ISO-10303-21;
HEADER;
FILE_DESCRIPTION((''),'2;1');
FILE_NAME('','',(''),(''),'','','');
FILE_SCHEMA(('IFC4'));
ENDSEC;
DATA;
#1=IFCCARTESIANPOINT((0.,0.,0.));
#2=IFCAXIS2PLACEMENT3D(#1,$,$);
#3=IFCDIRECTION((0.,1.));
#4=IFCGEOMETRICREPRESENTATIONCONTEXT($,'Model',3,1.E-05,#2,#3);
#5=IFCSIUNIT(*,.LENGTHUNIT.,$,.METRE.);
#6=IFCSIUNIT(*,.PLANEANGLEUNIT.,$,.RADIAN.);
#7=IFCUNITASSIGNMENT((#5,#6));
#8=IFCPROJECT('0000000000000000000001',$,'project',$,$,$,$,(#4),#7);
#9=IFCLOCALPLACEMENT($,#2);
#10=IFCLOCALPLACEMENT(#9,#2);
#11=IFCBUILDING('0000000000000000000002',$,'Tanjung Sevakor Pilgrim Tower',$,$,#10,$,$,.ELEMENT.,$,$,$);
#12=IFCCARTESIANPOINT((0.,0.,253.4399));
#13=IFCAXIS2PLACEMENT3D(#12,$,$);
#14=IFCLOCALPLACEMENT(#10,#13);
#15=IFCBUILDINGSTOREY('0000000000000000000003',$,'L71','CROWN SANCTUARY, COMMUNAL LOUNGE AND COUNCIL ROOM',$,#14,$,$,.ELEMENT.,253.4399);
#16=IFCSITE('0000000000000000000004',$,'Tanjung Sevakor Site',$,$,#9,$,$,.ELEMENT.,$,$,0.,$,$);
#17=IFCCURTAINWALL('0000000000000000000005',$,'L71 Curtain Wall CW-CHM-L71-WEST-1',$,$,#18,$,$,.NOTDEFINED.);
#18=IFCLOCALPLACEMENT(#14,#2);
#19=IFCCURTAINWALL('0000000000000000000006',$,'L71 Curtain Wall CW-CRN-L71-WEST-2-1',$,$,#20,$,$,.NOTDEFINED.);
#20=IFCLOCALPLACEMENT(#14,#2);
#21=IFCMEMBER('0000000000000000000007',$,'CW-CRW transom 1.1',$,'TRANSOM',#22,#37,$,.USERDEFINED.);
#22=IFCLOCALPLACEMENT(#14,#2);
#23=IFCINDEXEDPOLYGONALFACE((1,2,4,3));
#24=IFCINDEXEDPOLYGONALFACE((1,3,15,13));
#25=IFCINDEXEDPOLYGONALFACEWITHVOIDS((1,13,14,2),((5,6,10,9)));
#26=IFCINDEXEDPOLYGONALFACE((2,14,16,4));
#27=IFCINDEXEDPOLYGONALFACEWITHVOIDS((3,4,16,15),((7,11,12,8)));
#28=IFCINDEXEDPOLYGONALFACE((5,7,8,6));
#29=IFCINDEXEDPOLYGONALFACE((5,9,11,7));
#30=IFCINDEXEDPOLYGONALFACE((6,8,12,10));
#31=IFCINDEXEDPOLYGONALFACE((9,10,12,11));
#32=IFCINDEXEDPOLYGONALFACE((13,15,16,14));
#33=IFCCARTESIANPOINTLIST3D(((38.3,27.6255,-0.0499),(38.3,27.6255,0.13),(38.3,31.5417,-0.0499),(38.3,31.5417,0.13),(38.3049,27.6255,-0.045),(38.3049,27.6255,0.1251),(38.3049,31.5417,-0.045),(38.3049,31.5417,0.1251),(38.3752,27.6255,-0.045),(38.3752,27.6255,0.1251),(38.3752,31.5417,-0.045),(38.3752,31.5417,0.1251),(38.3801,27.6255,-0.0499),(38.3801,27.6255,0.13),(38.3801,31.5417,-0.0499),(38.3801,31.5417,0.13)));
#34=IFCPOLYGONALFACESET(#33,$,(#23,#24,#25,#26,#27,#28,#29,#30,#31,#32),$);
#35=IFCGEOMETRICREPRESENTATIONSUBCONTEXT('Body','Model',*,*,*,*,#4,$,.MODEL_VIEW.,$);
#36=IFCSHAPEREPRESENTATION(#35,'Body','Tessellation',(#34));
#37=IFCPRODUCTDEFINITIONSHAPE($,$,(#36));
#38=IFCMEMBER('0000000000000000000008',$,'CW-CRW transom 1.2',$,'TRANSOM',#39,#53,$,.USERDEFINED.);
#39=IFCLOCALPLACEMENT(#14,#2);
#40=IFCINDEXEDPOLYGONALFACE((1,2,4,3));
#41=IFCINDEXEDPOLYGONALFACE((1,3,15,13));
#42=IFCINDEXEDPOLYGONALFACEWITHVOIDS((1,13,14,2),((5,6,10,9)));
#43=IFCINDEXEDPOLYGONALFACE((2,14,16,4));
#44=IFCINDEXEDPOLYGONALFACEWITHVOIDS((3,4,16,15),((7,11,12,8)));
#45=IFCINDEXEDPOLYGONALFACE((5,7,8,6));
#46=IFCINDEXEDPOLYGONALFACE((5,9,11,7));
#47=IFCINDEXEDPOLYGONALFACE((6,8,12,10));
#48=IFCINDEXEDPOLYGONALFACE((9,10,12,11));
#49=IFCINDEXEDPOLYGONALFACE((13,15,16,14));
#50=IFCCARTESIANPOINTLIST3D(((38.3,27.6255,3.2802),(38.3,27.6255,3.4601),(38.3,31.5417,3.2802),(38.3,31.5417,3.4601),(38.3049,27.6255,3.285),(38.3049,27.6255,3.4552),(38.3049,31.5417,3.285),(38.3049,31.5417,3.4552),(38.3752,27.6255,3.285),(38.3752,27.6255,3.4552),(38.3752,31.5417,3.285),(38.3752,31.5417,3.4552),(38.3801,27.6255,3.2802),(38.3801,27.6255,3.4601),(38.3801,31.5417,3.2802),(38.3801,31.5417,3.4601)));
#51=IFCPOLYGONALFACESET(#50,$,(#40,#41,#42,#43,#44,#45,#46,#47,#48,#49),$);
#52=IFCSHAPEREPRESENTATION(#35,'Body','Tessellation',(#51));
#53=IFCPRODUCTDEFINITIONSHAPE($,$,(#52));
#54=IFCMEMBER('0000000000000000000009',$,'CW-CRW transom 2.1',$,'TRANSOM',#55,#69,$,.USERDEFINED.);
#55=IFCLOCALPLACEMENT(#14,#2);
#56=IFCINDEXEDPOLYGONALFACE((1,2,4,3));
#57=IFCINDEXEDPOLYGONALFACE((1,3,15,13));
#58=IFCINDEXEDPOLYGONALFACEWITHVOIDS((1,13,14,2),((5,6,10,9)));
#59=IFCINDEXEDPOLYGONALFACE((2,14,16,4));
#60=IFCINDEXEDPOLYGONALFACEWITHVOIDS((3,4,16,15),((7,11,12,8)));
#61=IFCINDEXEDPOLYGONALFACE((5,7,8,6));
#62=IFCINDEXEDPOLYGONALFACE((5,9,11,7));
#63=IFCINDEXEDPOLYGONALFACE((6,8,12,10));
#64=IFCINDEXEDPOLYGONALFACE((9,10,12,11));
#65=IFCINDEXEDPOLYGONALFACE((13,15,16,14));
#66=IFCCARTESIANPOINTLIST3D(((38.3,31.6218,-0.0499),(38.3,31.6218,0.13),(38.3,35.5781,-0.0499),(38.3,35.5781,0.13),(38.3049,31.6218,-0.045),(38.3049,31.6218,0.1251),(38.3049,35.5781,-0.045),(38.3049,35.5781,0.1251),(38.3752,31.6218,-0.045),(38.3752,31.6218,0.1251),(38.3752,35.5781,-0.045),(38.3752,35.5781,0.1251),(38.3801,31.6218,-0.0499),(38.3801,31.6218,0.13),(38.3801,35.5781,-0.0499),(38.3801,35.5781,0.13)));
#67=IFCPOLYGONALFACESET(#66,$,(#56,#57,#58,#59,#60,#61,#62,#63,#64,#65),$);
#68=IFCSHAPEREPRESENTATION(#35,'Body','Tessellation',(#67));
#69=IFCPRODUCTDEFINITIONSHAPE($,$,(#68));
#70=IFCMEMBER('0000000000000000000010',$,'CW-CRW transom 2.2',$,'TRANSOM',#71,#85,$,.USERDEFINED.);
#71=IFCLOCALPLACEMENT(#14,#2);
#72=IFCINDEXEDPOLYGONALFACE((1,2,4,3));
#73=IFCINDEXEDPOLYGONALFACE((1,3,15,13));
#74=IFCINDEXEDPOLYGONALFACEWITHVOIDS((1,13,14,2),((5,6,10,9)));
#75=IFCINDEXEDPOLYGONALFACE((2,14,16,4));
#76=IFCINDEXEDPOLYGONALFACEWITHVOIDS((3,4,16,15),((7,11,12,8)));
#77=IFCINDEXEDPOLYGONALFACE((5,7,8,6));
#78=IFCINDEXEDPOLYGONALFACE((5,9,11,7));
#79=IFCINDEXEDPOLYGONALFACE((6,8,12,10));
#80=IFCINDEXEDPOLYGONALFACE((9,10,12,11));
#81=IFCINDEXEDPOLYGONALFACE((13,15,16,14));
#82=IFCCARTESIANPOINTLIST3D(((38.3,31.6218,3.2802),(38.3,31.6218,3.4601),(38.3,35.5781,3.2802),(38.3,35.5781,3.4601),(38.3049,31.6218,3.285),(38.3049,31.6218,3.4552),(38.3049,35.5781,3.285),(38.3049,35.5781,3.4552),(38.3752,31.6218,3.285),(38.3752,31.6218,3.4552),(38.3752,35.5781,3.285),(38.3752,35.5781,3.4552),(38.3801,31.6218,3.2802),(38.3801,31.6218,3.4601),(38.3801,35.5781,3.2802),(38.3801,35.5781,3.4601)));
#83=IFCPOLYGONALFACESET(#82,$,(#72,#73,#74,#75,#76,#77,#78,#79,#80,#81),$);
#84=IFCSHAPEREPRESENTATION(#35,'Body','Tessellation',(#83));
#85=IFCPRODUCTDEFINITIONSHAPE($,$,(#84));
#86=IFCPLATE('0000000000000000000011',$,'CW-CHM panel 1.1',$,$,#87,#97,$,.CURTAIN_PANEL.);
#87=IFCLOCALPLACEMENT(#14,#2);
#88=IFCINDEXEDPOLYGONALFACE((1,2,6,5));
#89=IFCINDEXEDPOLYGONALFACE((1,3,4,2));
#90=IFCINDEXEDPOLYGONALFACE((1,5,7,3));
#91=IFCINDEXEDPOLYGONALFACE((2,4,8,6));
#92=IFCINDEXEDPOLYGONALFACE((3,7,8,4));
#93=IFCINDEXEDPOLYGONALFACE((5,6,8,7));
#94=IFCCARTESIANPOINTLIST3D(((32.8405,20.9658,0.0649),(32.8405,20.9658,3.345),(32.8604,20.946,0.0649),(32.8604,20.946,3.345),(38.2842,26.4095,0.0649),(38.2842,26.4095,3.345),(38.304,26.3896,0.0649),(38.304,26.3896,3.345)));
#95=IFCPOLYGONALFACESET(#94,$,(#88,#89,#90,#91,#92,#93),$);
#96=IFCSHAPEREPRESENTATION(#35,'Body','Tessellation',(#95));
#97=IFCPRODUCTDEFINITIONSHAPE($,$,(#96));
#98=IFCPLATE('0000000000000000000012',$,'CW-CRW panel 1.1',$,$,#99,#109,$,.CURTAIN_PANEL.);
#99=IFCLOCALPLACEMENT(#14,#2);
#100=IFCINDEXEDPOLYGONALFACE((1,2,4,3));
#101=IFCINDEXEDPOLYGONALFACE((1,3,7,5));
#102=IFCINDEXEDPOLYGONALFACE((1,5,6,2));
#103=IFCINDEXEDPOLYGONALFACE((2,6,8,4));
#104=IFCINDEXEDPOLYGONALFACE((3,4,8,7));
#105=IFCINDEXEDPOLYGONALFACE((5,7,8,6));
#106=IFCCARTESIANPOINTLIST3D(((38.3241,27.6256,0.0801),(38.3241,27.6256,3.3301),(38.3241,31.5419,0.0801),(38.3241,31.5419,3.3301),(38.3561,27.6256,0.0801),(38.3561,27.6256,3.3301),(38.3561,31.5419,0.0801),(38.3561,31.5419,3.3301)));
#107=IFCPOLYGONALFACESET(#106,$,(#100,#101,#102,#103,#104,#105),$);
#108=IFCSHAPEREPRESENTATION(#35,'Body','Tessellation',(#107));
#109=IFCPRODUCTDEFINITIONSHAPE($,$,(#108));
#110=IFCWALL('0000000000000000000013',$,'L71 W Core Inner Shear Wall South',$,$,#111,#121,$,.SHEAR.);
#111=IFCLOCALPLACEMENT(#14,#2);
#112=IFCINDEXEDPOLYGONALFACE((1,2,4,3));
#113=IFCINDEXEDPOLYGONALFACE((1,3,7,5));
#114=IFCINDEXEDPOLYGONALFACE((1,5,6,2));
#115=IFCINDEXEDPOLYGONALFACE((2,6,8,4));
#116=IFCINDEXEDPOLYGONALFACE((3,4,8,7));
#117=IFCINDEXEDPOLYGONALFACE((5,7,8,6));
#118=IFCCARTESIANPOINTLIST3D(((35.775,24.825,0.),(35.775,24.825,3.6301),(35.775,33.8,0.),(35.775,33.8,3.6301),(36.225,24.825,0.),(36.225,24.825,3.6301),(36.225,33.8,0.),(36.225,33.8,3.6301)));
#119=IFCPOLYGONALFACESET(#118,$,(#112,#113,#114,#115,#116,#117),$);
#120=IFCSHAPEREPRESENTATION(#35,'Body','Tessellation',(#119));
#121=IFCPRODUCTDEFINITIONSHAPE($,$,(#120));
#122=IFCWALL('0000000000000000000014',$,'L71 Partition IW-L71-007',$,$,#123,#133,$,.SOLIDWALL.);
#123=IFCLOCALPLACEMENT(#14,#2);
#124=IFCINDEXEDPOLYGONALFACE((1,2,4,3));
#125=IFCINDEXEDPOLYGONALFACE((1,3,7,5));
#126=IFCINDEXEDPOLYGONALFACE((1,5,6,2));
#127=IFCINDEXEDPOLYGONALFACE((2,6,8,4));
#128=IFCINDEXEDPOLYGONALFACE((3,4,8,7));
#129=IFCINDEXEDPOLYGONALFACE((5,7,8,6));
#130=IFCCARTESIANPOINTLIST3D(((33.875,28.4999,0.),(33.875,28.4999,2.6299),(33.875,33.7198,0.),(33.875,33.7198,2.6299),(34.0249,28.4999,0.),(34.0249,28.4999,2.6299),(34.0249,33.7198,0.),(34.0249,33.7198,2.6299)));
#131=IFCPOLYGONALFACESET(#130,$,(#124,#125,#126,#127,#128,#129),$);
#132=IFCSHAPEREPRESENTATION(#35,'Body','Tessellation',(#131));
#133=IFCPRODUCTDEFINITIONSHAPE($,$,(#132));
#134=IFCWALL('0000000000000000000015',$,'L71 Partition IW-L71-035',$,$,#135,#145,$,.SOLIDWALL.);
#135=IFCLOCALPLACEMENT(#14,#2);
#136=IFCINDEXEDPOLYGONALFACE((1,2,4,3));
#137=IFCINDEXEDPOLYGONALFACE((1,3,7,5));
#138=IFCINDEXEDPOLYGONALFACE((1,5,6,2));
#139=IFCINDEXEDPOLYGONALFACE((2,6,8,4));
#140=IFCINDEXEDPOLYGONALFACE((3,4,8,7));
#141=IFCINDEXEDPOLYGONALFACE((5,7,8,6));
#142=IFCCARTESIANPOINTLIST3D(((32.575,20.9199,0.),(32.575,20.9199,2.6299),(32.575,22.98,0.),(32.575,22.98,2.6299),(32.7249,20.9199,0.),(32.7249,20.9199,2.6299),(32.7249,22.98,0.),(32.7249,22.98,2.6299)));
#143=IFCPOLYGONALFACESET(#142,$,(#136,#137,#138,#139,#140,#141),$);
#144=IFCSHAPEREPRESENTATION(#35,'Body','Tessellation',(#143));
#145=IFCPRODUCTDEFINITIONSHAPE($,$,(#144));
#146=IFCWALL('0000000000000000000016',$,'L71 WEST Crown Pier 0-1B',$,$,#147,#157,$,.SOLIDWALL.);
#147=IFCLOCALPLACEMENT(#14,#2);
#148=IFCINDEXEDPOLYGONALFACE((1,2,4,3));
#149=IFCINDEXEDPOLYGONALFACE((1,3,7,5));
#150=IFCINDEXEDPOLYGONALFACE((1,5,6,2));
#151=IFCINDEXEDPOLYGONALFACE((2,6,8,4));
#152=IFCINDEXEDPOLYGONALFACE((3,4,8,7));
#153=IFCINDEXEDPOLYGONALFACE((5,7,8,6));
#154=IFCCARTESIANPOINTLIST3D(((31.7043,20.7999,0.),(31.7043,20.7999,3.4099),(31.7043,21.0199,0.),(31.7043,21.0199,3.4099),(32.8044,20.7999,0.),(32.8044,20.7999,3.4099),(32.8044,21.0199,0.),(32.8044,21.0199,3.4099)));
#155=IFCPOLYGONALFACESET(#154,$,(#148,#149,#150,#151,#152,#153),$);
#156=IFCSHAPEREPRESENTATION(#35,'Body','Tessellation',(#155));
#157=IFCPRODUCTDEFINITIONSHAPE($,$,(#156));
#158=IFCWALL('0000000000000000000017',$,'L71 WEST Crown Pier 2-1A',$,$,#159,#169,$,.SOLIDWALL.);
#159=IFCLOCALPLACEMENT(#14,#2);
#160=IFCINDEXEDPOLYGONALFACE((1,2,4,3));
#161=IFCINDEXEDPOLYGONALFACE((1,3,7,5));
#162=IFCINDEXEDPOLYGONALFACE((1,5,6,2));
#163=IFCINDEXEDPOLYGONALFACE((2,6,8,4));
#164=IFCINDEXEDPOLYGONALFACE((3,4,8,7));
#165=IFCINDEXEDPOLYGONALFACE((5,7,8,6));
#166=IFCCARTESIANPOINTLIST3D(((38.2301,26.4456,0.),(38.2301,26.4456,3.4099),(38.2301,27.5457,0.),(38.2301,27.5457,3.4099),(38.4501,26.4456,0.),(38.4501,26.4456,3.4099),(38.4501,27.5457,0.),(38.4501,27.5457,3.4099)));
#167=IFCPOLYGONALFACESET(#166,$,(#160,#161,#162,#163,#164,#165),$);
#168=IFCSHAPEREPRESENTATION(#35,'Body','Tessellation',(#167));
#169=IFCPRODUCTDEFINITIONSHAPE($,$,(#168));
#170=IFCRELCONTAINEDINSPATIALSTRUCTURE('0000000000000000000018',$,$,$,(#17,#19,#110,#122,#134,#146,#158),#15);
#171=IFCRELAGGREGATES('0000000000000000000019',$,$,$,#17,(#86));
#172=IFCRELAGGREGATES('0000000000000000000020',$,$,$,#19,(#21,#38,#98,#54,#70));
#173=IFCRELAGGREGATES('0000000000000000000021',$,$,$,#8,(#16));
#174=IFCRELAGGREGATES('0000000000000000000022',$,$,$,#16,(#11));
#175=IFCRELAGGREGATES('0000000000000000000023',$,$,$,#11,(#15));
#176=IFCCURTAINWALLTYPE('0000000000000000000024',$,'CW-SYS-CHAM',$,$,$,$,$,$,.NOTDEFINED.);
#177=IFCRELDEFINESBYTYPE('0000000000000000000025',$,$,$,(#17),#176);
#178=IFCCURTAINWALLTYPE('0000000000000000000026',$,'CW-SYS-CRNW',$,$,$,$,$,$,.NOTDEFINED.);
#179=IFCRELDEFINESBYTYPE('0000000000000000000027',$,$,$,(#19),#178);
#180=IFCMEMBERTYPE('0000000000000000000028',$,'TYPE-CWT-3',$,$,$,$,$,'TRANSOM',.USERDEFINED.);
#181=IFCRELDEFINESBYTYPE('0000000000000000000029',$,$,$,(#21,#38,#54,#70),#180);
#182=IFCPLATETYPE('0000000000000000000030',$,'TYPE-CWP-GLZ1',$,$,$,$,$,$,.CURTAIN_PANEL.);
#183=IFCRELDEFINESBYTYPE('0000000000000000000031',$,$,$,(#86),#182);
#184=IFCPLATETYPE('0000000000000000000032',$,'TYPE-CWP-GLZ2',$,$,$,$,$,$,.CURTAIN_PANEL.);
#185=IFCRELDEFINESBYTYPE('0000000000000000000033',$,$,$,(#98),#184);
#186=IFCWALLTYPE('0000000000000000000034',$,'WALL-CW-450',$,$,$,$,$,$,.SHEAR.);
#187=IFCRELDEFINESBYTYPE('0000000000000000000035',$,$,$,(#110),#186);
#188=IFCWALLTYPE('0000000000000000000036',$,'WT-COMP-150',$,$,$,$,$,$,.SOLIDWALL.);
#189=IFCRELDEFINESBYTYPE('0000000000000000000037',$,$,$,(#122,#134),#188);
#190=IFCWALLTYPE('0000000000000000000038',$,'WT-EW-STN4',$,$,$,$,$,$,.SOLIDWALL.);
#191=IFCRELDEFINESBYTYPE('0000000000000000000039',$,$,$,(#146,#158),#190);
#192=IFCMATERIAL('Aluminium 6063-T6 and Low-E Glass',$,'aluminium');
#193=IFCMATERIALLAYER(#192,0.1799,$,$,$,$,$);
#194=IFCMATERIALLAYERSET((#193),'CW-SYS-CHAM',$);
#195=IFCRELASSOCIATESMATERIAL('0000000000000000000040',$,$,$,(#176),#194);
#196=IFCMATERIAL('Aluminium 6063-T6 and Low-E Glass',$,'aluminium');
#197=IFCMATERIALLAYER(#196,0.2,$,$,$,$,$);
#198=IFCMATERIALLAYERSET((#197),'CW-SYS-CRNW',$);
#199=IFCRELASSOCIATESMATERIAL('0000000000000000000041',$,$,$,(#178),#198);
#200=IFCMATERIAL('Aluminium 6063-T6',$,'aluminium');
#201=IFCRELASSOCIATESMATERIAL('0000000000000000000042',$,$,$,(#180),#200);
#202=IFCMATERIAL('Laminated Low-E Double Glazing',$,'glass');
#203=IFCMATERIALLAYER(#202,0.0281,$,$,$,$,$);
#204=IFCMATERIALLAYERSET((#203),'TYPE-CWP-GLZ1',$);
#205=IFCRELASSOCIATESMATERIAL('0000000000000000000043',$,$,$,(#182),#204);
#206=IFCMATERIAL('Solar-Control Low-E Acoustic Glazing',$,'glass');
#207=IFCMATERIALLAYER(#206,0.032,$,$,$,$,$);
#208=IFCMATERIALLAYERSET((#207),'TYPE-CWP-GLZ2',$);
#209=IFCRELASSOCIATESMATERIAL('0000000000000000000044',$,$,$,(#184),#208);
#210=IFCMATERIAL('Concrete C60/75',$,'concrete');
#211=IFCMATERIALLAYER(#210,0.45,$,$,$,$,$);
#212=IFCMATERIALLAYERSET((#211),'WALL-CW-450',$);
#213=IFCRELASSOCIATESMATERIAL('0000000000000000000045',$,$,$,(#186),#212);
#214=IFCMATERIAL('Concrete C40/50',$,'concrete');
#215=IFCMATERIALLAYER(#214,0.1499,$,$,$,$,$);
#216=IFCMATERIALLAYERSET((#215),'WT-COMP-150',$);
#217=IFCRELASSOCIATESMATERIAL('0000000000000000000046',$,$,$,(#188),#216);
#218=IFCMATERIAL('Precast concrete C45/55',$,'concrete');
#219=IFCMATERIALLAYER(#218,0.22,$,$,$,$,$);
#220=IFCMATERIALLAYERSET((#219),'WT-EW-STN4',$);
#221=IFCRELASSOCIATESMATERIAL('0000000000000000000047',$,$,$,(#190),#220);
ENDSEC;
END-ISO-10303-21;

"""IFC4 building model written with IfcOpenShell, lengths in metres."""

from ifc_helpers import new_model, si_unit, direction, frame, frame_2d, origin, origin_2d, place, context, subcontext, project, spatial, rectangle, hollow_rectangle, extrude, material, layer, layer_set, material_profile, profile_set, type_object, element, aggregate, save


model = new_model("IFC4")

# Units and contexts
model_context = context("Model", 3, precision=1e-05, world=origin(), true_north=direction((0.0, 1.0)))
body_context = subcontext(model_context, "Body", "Model", "MODEL_VIEW")
ifc_project = project(units=[si_unit("LENGTHUNIT", "METRE"), si_unit("PLANEANGLEUNIT", "RADIAN")], contexts=[model_context])

# Site, building, storey
site_placement = place(None, origin())
site = spatial("IfcSite", under=ifc_project, at=site_placement, Name="Tanjung Sevakor Site", CompositionType="ELEMENT", RefElevation=0.0)
building_placement = place(site_placement, origin())
building = spatial("IfcBuilding", under=site, at=building_placement, Name="Tanjung Sevakor Pilgrim Tower", CompositionType="ELEMENT")
storey_placement = place(building_placement, frame((0.0, 0.0, 253.4399)))
storey = spatial("IfcBuildingStorey", under=building, at=storey_placement, Name="L71", Description="CROWN SANCTUARY, COMMUNAL LOUNGE AND COUNCIL ROOM", CompositionType="ELEMENT", Elevation=253.4399)

# Curtain wall
ifc_material_1 = material(Name="Aluminium 6063-T6 and Low-E Glass", Category="aluminium")
ifc_layer_1 = layer(ifc_material_1, 0.1799)
ifc_layer_set_1 = layer_set([ifc_layer_1], Name="CW-SYS-CHAM")
curtain_wall_type_1 = type_object("IfcCurtainWallType", Name="CW-SYS-CHAM", PredefinedType="NOTDEFINED", material=ifc_layer_set_1)
curtain_wall_1_placement = place(storey_placement, origin())
curtain_wall_1 = element("IfcCurtainWall", 1, at=curtain_wall_1_placement, inside=storey, type_object=curtain_wall_type_1, Name="L71 Curtain Wall CW-CHM-L71-WEST-1", PredefinedType="NOTDEFINED")

# Shared definitions
ifc_material_2 = material(Name="Aluminium 6063-T6 and Low-E Glass", Category="aluminium")
ifc_layer_2 = layer(ifc_material_2, 0.2)
ifc_layer_set_2 = layer_set([ifc_layer_2], Name="CW-SYS-CRNW")
curtain_wall_type_2 = type_object("IfcCurtainWallType", Name="CW-SYS-CRNW", PredefinedType="NOTDEFINED", material=ifc_layer_set_2)

# Curtain wall
curtain_wall_2_placement = place(storey_placement, origin())
curtain_wall_2 = element("IfcCurtainWall", 2, at=curtain_wall_2_placement, inside=storey, type_object=curtain_wall_type_2, Name="L71 Curtain Wall CW-CRN-L71-WEST-2-1", PredefinedType="NOTDEFINED")

# Members
ifc_material_3 = material(Name="Aluminium 6063-T6", Category="aluminium")
ifc_material_profile_1 = material_profile(ifc_material_3, hollow_rectangle(XDim=0.0801, YDim=0.1799, WallThickness=0.0049, at=origin_2d()))
ifc_profile_set_1 = profile_set([ifc_material_profile_1], Name="Aluminium 6063-T6")
member_type_1 = type_object("IfcMemberType", Name="TYPE-CWT-3", ElementType="TRANSOM", PredefinedType="USERDEFINED", material=ifc_profile_set_1)
member_1_placement = place(storey_placement, frame((38.3401, 27.6255, 0.04), z_axis=(0.0, 1.0, 0.0), x_axis=(-1.0, 0.0, 0.0)))
member_1 = element("IfcMember", 3, at=member_1_placement, type_object=member_type_1, Name="CW-CRW transom 1.1", ObjectType="TRANSOM", PredefinedType="USERDEFINED", context=body_context, shape_type="SweptSolid", body=[
    extrude(hollow_rectangle(XDim=0.0801, YDim=0.1799, WallThickness=0.0049, at=origin_2d()), origin(), (0.0, 0.0, 1.0), 3.9163),
])
member_2_placement = place(storey_placement, frame((38.3401, 27.6255, 3.3701), z_axis=(0.0, 1.0, 0.0), x_axis=(-1.0, 0.0, 0.0)))
member_2 = element("IfcMember", 4, at=member_2_placement, type_object=member_type_1, Name="CW-CRW transom 1.2", ObjectType="TRANSOM", PredefinedType="USERDEFINED", context=body_context, shape_type="SweptSolid", body=[
    extrude(hollow_rectangle(XDim=0.0801, YDim=0.1799, WallThickness=0.0049, at=origin_2d()), origin(), (0.0, 0.0, 1.0), 3.9163),
])
member_3_placement = place(storey_placement, frame((38.3401, 31.6218, 0.04), z_axis=(0.0, 1.0, 0.0), x_axis=(-1.0, 0.0, 0.0)))
member_3 = element("IfcMember", 5, at=member_3_placement, type_object=member_type_1, Name="CW-CRW transom 2.1", ObjectType="TRANSOM", PredefinedType="USERDEFINED", context=body_context, shape_type="SweptSolid", body=[
    extrude(hollow_rectangle(XDim=0.0801, YDim=0.1799, WallThickness=0.0049, at=origin_2d()), origin(), (0.0, 0.0, 1.0), 3.9563),
])
member_4_placement = place(storey_placement, frame((38.3401, 31.6218, 3.3701), z_axis=(0.0, 1.0, 0.0), x_axis=(-1.0, 0.0, 0.0)))
member_4 = element("IfcMember", 6, at=member_4_placement, type_object=member_type_1, Name="CW-CRW transom 2.2", ObjectType="TRANSOM", PredefinedType="USERDEFINED", context=body_context, shape_type="SweptSolid", body=[
    extrude(hollow_rectangle(XDim=0.0801, YDim=0.1799, WallThickness=0.0049, at=origin_2d()), origin(), (0.0, 0.0, 1.0), 3.9563),
])

# Plates
ifc_material_4 = material(Name="Laminated Low-E Double Glazing", Category="glass")
ifc_layer_3 = layer(ifc_material_4, 0.0281)
ifc_layer_set_3 = layer_set([ifc_layer_3], Name="TYPE-CWP-GLZ1")
plate_type_1 = type_object("IfcPlateType", Name="TYPE-CWP-GLZ1", PredefinedType="CURTAIN_PANEL", material=ifc_layer_set_3)
plate_1_placement = place(storey_placement, frame((35.5723, 23.6777, 0.0649), z_axis=(0.0, 0.0, 1.0), x_axis=(0.707107, 0.707107, 0.0)))
plate_1 = element("IfcPlate", 7, at=plate_1_placement, type_object=plate_type_1, Name="CW-CHM panel 1.1", PredefinedType="CURTAIN_PANEL", context=body_context, shape_type="SweptSolid", body=[
    extrude(rectangle(XDim=7.6985, YDim=0.0281, at=origin_2d()), origin(), (0.0, 0.0, 1.0), 3.28),
])
aggregate(curtain_wall_1, [plate_1])
ifc_material_5 = material(Name="Solar-Control Low-E Acoustic Glazing", Category="glass")
ifc_layer_4 = layer(ifc_material_5, 0.032)
ifc_layer_set_4 = layer_set([ifc_layer_4], Name="TYPE-CWP-GLZ2")
plate_type_2 = type_object("IfcPlateType", Name="TYPE-CWP-GLZ2", PredefinedType="CURTAIN_PANEL", material=ifc_layer_set_4)
plate_2_placement = place(storey_placement, frame((38.3401, 29.5837, 0.0801), z_axis=(0.0, 0.0, 1.0), x_axis=(0.0, 1.0, 0.0)))
plate_2 = element("IfcPlate", 8, at=plate_2_placement, type_object=plate_type_2, Name="CW-CRW panel 1.1", PredefinedType="CURTAIN_PANEL", context=body_context, shape_type="SweptSolid", body=[
    extrude(rectangle(XDim=3.9163, YDim=0.032, at=origin_2d()), origin(), (0.0, 0.0, 1.0), 3.25),
])
aggregate(curtain_wall_2, [member_1, member_2, plate_2, member_3, member_4])

# Walls
ifc_material_6 = material(Name="Concrete C60/75", Category="concrete")
ifc_layer_5 = layer(ifc_material_6, 0.45)
ifc_layer_set_5 = layer_set([ifc_layer_5], Name="WALL-CW-450")
wall_type_1 = type_object("IfcWallType", Name="WALL-CW-450", PredefinedType="SHEAR", material=ifc_layer_set_5)
wall_1_placement = place(storey_placement, frame((36.0, 24.825, 0.0), z_axis=(0.0, 0.0, 1.0), x_axis=(0.0, 1.0, 0.0)))
element("IfcWall", 9, at=wall_1_placement, inside=storey, type_object=wall_type_1, Name="L71 W Core Inner Shear Wall South", PredefinedType="SHEAR", context=body_context, shape_type="SweptSolid", body=[
    extrude(rectangle(XDim=8.9751, YDim=0.45, at=frame_2d((4.4875, 0.0))), origin(), (0.0, 0.0, 1.0), 3.6301),
])
ifc_material_7 = material(Name="Concrete C40/50", Category="concrete")
ifc_layer_6 = layer(ifc_material_7, 0.1499)
ifc_layer_set_6 = layer_set([ifc_layer_6], Name="WT-COMP-150")
wall_type_2 = type_object("IfcWallType", Name="WT-COMP-150", PredefinedType="SOLIDWALL", material=ifc_layer_set_6)
wall_2_placement = place(storey_placement, frame((33.95, 28.5, 0.0), z_axis=(0.0, 0.0, 1.0), x_axis=(0.0, 1.0, 0.0)))
element("IfcWall", 10, at=wall_2_placement, inside=storey, type_object=wall_type_2, Name="L71 Partition IW-L71-007", PredefinedType="SOLIDWALL", context=body_context, shape_type="SweptSolid", body=[
    extrude(rectangle(XDim=5.22, YDim=0.1499, at=frame_2d((2.6099, 0.0))), origin(), (0.0, 0.0, 1.0), 2.6299),
])

# Walls
wall_3_placement = place(storey_placement, frame((32.6499, 20.9199, 0.0), z_axis=(0.0, 0.0, 1.0), x_axis=(0.0, 1.0, 0.0)))
element("IfcWall", 11, at=wall_3_placement, inside=storey, type_object=wall_type_2, Name="L71 Partition IW-L71-035", PredefinedType="SOLIDWALL", context=body_context, shape_type="SweptSolid", body=[
    extrude(rectangle(XDim=2.0601, YDim=0.1499, at=frame_2d((1.03, 0.0))), origin(), (0.0, 0.0, 1.0), 2.6299),
])
ifc_material_8 = material(Name="Precast concrete C45/55", Category="concrete")
ifc_layer_7 = layer(ifc_material_8, 0.22)
ifc_layer_set_7 = layer_set([ifc_layer_7], Name="WT-EW-STN4")
wall_type_3 = type_object("IfcWallType", Name="WT-EW-STN4", PredefinedType="SOLIDWALL", material=ifc_layer_set_7)
for number, where, z_axis, x_axis, name in (
    (12, (31.7043, 20.9099, 0.0), (0.0, 0.0, 1.0), (1.0, 0.0, 0.0), "L71 WEST Crown Pier 0-1B"),
    (13, (38.3401, 26.4456, 0.0), (0.0, 0.0, 1.0), (0.0, 1.0, 0.0), "L71 WEST Crown Pier 2-1A"),
):
    element("IfcWall", number, at=place(storey_placement, frame(where, z_axis=z_axis, x_axis=x_axis)), inside=storey, type_object=wall_type_3, Name=name, PredefinedType="SOLIDWALL", context=body_context, shape_type="SweptSolid", body=[
        extrude(rectangle(XDim=1.1001, YDim=0.22, at=frame_2d((0.55, 0.0))), origin(), (0.0, 0.0, 1.0), 3.4099),
    ])

save(model, "model.ifc")
